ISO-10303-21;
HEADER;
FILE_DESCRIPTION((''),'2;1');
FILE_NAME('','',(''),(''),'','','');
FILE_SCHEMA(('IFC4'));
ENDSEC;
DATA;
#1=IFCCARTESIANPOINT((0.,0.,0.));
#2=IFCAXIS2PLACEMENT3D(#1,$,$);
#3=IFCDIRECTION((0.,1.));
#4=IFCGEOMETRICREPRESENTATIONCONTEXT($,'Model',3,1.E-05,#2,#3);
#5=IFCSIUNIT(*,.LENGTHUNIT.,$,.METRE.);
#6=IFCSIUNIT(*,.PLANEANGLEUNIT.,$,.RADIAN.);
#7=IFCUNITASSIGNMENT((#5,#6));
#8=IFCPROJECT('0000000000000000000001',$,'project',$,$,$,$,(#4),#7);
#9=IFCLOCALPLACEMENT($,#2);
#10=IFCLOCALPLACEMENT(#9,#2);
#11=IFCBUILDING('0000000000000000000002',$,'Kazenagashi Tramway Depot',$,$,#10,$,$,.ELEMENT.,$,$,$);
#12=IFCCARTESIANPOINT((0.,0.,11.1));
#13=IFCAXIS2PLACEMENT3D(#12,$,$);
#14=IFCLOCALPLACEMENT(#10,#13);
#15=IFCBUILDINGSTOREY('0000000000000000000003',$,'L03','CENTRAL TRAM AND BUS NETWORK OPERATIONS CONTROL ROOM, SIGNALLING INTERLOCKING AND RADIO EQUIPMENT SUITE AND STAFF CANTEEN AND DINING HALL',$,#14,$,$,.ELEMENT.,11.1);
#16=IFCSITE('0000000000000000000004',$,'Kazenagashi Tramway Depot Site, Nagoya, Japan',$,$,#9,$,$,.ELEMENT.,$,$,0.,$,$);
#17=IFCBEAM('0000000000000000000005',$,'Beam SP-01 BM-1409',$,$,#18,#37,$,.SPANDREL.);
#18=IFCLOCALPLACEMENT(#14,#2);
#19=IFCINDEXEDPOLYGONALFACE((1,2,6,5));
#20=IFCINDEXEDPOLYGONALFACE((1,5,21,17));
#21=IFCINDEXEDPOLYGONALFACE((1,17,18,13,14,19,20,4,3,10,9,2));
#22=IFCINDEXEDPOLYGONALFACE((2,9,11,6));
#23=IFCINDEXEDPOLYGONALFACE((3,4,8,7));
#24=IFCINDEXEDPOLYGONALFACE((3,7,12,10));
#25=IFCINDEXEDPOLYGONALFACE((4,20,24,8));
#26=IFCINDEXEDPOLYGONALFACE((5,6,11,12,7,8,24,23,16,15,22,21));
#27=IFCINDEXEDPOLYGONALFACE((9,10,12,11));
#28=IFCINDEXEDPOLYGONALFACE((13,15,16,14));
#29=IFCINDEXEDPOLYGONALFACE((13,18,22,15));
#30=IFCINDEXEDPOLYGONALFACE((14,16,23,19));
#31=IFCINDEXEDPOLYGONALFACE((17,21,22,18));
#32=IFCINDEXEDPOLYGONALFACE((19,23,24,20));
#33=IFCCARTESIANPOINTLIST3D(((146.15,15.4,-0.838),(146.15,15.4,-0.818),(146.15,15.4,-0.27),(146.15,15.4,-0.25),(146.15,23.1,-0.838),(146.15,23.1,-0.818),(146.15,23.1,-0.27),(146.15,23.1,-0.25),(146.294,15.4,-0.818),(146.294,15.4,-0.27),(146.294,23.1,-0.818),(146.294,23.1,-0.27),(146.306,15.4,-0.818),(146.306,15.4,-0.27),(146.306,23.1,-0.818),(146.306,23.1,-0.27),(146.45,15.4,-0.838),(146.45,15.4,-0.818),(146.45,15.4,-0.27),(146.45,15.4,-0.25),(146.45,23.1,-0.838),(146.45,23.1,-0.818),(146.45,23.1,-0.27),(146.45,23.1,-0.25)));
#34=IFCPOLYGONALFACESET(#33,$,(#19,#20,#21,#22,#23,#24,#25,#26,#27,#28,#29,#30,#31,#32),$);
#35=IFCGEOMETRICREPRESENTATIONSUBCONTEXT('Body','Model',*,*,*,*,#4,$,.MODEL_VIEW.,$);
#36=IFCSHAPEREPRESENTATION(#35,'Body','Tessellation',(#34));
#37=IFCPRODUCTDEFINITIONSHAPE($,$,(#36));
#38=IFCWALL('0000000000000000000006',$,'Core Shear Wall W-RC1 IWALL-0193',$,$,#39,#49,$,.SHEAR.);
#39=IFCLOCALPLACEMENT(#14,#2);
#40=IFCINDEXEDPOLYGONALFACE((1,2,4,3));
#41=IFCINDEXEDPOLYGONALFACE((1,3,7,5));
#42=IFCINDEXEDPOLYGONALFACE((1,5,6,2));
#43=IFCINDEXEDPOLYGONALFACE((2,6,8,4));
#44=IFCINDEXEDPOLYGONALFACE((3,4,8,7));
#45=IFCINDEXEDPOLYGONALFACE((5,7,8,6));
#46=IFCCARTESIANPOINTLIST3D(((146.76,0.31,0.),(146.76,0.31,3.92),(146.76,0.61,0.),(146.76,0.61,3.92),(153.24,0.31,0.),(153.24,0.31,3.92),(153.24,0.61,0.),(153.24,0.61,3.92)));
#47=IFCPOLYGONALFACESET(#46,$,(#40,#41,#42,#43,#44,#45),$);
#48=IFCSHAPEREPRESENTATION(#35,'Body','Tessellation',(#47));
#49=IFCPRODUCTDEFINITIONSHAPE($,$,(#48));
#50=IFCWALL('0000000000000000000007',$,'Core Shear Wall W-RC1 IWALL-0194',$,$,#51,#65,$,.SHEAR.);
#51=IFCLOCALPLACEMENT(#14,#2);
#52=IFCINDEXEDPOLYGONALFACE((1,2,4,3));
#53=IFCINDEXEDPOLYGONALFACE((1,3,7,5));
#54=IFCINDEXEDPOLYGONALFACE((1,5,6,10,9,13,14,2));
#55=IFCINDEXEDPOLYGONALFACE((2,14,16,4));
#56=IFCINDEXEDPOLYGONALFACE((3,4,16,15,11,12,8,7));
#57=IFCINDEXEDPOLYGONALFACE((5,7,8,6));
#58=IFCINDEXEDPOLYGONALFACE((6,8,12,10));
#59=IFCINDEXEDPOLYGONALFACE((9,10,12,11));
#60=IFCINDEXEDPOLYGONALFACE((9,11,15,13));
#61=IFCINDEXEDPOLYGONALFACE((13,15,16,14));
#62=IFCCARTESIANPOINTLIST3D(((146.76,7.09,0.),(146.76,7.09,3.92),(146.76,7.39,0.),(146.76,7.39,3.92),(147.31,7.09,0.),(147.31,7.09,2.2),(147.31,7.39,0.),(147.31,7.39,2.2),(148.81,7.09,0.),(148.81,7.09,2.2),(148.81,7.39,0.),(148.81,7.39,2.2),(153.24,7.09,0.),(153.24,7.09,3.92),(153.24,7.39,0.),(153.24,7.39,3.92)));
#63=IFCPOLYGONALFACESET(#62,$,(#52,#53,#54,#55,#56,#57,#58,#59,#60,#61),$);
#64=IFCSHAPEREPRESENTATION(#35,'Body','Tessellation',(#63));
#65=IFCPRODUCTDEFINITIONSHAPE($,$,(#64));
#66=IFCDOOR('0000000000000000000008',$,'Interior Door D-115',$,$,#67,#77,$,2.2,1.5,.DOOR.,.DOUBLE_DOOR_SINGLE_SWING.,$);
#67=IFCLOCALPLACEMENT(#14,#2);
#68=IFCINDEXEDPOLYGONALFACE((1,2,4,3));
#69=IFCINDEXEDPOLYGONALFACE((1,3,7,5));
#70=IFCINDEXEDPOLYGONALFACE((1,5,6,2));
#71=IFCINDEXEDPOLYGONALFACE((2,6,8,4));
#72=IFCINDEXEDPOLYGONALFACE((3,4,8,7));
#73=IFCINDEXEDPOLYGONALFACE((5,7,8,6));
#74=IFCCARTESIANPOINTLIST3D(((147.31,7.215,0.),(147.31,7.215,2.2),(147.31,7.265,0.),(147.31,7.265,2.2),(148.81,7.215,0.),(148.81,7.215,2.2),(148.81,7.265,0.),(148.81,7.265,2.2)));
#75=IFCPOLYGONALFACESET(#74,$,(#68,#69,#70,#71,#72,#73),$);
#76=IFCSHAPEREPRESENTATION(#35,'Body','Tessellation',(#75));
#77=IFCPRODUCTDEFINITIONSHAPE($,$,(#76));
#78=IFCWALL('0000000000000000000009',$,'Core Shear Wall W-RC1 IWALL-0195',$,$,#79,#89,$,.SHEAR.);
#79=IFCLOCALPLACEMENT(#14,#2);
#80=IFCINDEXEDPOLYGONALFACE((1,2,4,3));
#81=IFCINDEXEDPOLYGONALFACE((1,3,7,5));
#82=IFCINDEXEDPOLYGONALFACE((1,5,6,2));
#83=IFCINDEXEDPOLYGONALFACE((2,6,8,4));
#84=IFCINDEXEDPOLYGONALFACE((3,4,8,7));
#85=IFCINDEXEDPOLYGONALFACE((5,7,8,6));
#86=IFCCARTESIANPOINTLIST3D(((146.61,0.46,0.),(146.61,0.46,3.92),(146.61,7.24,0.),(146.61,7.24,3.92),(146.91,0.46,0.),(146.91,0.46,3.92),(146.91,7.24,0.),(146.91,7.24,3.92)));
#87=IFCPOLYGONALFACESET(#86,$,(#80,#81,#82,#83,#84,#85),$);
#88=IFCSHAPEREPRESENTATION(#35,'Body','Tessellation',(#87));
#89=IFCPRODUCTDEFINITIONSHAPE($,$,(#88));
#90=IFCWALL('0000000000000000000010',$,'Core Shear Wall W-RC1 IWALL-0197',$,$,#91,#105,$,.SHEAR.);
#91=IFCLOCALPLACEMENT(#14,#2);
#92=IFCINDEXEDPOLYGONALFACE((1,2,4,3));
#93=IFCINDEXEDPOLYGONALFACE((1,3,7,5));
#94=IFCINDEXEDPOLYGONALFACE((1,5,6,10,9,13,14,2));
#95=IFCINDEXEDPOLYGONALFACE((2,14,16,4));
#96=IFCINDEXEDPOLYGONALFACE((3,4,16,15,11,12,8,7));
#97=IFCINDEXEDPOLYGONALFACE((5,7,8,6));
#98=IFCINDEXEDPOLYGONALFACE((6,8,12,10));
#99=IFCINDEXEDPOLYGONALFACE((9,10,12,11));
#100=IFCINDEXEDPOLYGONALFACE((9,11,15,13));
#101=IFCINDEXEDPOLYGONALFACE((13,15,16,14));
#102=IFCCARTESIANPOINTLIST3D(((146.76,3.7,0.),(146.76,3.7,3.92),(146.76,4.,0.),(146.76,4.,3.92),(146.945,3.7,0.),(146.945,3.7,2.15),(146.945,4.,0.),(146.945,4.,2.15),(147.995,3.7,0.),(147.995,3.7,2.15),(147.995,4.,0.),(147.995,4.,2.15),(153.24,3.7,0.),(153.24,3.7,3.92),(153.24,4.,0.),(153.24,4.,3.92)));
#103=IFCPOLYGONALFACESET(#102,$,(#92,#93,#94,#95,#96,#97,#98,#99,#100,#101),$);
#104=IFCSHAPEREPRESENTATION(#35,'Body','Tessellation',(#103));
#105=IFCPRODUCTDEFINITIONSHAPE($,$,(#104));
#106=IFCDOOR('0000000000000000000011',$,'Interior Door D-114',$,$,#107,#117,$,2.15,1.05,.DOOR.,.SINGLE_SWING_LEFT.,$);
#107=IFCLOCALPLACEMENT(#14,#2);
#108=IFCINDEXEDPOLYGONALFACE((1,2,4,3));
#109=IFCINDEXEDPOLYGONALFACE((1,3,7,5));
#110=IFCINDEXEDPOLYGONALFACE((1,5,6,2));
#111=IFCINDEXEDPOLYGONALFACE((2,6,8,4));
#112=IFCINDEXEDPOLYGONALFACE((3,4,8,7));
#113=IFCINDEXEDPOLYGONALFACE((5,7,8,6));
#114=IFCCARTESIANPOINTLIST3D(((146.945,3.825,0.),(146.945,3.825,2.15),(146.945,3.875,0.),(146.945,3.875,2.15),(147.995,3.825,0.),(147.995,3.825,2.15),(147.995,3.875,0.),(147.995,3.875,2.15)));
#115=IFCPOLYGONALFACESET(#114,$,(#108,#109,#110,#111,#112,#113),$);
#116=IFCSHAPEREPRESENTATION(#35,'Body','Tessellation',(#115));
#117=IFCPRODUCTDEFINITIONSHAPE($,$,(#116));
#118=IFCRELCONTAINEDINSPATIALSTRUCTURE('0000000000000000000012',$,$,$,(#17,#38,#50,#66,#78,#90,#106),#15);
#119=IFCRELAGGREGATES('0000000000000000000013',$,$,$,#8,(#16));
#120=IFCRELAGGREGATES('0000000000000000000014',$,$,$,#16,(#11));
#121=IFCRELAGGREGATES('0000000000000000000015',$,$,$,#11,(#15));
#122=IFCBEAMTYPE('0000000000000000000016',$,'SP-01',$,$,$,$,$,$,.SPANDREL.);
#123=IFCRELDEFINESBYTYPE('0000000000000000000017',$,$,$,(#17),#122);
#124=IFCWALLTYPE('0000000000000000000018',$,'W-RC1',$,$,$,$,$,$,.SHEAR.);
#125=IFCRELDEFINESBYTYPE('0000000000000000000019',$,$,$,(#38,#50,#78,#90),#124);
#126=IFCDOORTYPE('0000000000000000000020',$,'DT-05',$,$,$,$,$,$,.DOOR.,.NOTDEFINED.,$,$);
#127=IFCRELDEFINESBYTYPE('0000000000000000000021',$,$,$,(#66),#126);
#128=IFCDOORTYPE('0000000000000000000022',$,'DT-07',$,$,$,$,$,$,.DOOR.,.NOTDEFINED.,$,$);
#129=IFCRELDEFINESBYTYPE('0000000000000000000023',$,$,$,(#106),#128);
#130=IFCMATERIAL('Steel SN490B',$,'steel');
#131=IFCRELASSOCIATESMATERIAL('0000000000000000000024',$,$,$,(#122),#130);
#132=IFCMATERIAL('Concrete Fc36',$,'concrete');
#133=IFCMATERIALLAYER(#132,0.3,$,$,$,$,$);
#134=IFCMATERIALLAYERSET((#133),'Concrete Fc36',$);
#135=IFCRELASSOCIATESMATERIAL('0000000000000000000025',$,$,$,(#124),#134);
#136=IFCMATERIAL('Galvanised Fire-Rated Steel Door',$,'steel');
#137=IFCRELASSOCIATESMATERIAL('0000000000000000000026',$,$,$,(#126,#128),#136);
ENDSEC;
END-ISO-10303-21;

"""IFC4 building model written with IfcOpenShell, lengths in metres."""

from ifc_helpers import new_model, si_unit, direction, frame, frame_2d, origin, origin_2d, place, context, subcontext, project, spatial, rectangle, i_section, extrude, material, layer, layer_set, material_profile, profile_set, type_object, element, fill, save


model = new_model("IFC4")

# Units and contexts
model_context = context("Model", 3, precision=1e-05, world=origin(), true_north=direction((0.0, 1.0)))
body_context = subcontext(model_context, "Body", "Model", "MODEL_VIEW")
ifc_project = project(units=[si_unit("LENGTHUNIT", "METRE"), si_unit("PLANEANGLEUNIT", "RADIAN")], contexts=[model_context])

# Site, building, storey
site_placement = place(None, origin())
site = spatial("IfcSite", under=ifc_project, at=site_placement, Name="Kazenagashi Tramway Depot Site, Nagoya, Japan", CompositionType="ELEMENT", RefElevation=0.0)
building_placement = place(site_placement, origin())
building = spatial("IfcBuilding", under=site, at=building_placement, Name="Kazenagashi Tramway Depot", CompositionType="ELEMENT")
storey_placement = place(building_placement, frame((0.0, 0.0, 11.1)))
storey = spatial("IfcBuildingStorey", under=building, at=storey_placement, Name="L03", Description="CENTRAL TRAM AND BUS NETWORK OPERATIONS CONTROL ROOM, SIGNALLING INTERLOCKING AND RADIO EQUIPMENT SUITE AND STAFF CANTEEN AND DINING HALL", CompositionType="ELEMENT", Elevation=11.1)

# Shared definitions
ifc_material_1 = material(Name="Steel SN490B", Category="steel")

# Beam
ifc_material_profile_1 = material_profile(ifc_material_1, i_section(OverallWidth=0.3, OverallDepth=0.588, WebThickness=0.012, FlangeThickness=0.02, at=origin_2d()), Name="H-588x300x12x20")
ifc_profile_set_1 = profile_set([ifc_material_profile_1], Name="Steel SN490B")
beam_type_1 = type_object("IfcBeamType", Name="SP-01", PredefinedType="SPANDREL", material=ifc_profile_set_1)
for number, where, z_axis, x_axis, name in (
    (1, (146.3, 15.4, -0.544), (0.0, 1.0, 0.0), (-1.0, 0.0, 0.0), "Beam SP-01 BM-1409"),
):
    element("IfcBeam", number, at=place(storey_placement, frame(where, z_axis=z_axis, x_axis=x_axis)), inside=storey, type_object=beam_type_1, Name=name, PredefinedType="SPANDREL", context=body_context, shape_type="SweptSolid", body=[
        extrude(i_section(OverallWidth=0.3, OverallDepth=0.588, WebThickness=0.012, FlangeThickness=0.02, at=origin_2d()), origin(), (0.0, 0.0, 1.0), 7.7),
    ])

# Wall
ifc_material_2 = material(Name="Concrete Fc36", Category="concrete")
ifc_layer = layer(ifc_material_2, 0.3)
ifc_layer_set = layer_set([ifc_layer], Name="Concrete Fc36")
wall_type = type_object("IfcWallType", Name="W-RC1", PredefinedType="SHEAR", material=ifc_layer_set)
wall_1_placement = place(storey_placement, frame((146.76, 0.46, 0.0), z_axis=(0.0, 0.0, 1.0), x_axis=(1.0, 0.0, 0.0)))
element("IfcWall", 2, at=wall_1_placement, inside=storey, type_object=wall_type, Name="Core Shear Wall W-RC1 IWALL-0193", PredefinedType="SHEAR", context=body_context, shape_type="SweptSolid", body=[
    extrude(rectangle(XDim=6.48, YDim=0.3, at=frame_2d((3.24, 0.0))), origin(), (0.0, 0.0, 1.0), 3.92),
])

# Wall, opening, door
wall_2_placement = place(storey_placement, frame((146.76, 7.24, 0.0), z_axis=(0.0, 0.0, 1.0), x_axis=(1.0, 0.0, 0.0)))
wall_2 = element("IfcWall", 3, at=wall_2_placement, inside=storey, type_object=wall_type, Name="Core Shear Wall W-RC1 IWALL-0194", PredefinedType="SHEAR", context=body_context, shape_type="SweptSolid", body=[
    extrude(rectangle(XDim=6.48, YDim=0.3, at=frame_2d((3.24, 0.0))), origin(), (0.0, 0.0, 1.0), 3.92),
])
opening_1_placement = place(wall_2_placement, frame((0.55, 0.0, 0.0)))
opening_1 = element("IfcOpeningElement", 4, at=opening_1_placement, cuts=wall_2, PredefinedType="OPENING", context=body_context, shape_type="SweptSolid", body=[
    extrude(rectangle(XDim=1.5, YDim=2.2, at=frame_2d((0.75, 1.1))), frame((0.0, 0.16, 0.0), z_axis=(0.0, -1.0, 0.0), x_axis=(1.0, 0.0, 0.0)), (0.0, 0.0, 1.0), 0.32),
])
ifc_material_3 = material(Name="Galvanised Fire-Rated Steel Door", Category="steel")
door_type_1 = type_object("IfcDoorType", Name="DT-05", OperationType="NOTDEFINED", PredefinedType="DOOR", material=ifc_material_3)
door_1_placement = place(opening_1_placement, origin())
door_1 = element("IfcDoor", 5, at=door_1_placement, inside=storey, type_object=door_type_1, Name="Interior Door D-115", OperationType="DOUBLE_DOOR_SINGLE_SWING", OverallHeight=2.2, OverallWidth=1.5, PredefinedType="DOOR", context=body_context, shape_type="SweptSolid", body=[
    extrude(rectangle(XDim=1.5, YDim=2.2, at=frame_2d((0.75, 1.1))), frame((0.0, 0.025, 0.0), z_axis=(0.0, -1.0, 0.0), x_axis=(1.0, 0.0, 0.0)), (0.0, 0.0, 1.0), 0.05),
])
fill(opening_1, door_1)

# Wall
wall_3_placement = place(storey_placement, frame((146.76, 0.46, 0.0), z_axis=(0.0, 0.0, 1.0), x_axis=(0.0, 1.0, 0.0)))
element("IfcWall", 6, at=wall_3_placement, inside=storey, type_object=wall_type, Name="Core Shear Wall W-RC1 IWALL-0195", PredefinedType="SHEAR", context=body_context, shape_type="SweptSolid", body=[
    extrude(rectangle(XDim=6.78, YDim=0.3, at=frame_2d((3.39, 0.0))), origin(), (0.0, 0.0, 1.0), 3.92),
])

# Wall, opening, door
wall_4_placement = place(storey_placement, frame((146.76, 3.85, 0.0), z_axis=(0.0, 0.0, 1.0), x_axis=(1.0, 0.0, 0.0)))
wall_4 = element("IfcWall", 7, at=wall_4_placement, inside=storey, type_object=wall_type, Name="Core Shear Wall W-RC1 IWALL-0197", PredefinedType="SHEAR", context=body_context, shape_type="SweptSolid", body=[
    extrude(rectangle(XDim=6.48, YDim=0.3, at=frame_2d((3.24, 0.0))), origin(), (0.0, 0.0, 1.0), 3.92),
])
opening_2_placement = place(wall_4_placement, frame((0.185, 0.0, 0.0)))
opening_2 = element("IfcOpeningElement", 8, at=opening_2_placement, cuts=wall_4, PredefinedType="OPENING", context=body_context, shape_type="SweptSolid", body=[
    extrude(rectangle(XDim=1.05, YDim=2.15, at=frame_2d((0.525, 1.075))), frame((0.0, 0.16, 0.0), z_axis=(0.0, -1.0, 0.0), x_axis=(1.0, 0.0, 0.0)), (0.0, 0.0, 1.0), 0.32),
])
door_type_2 = type_object("IfcDoorType", Name="DT-07", OperationType="NOTDEFINED", PredefinedType="DOOR", material=ifc_material_3)
door_2_placement = place(opening_2_placement, origin())
door_2 = element("IfcDoor", 9, at=door_2_placement, inside=storey, type_object=door_type_2, Name="Interior Door D-114", OperationType="SINGLE_SWING_LEFT", OverallHeight=2.15, OverallWidth=1.05, PredefinedType="DOOR", context=body_context, shape_type="SweptSolid", body=[
    extrude(rectangle(XDim=1.05, YDim=2.15, at=frame_2d((0.525, 1.075))), frame((0.0, 0.025, 0.0), z_axis=(0.0, -1.0, 0.0), x_axis=(1.0, 0.0, 0.0)), (0.0, 0.0, 1.0), 0.05),
])
fill(opening_2, door_2)

save(model, "model.ifc")
